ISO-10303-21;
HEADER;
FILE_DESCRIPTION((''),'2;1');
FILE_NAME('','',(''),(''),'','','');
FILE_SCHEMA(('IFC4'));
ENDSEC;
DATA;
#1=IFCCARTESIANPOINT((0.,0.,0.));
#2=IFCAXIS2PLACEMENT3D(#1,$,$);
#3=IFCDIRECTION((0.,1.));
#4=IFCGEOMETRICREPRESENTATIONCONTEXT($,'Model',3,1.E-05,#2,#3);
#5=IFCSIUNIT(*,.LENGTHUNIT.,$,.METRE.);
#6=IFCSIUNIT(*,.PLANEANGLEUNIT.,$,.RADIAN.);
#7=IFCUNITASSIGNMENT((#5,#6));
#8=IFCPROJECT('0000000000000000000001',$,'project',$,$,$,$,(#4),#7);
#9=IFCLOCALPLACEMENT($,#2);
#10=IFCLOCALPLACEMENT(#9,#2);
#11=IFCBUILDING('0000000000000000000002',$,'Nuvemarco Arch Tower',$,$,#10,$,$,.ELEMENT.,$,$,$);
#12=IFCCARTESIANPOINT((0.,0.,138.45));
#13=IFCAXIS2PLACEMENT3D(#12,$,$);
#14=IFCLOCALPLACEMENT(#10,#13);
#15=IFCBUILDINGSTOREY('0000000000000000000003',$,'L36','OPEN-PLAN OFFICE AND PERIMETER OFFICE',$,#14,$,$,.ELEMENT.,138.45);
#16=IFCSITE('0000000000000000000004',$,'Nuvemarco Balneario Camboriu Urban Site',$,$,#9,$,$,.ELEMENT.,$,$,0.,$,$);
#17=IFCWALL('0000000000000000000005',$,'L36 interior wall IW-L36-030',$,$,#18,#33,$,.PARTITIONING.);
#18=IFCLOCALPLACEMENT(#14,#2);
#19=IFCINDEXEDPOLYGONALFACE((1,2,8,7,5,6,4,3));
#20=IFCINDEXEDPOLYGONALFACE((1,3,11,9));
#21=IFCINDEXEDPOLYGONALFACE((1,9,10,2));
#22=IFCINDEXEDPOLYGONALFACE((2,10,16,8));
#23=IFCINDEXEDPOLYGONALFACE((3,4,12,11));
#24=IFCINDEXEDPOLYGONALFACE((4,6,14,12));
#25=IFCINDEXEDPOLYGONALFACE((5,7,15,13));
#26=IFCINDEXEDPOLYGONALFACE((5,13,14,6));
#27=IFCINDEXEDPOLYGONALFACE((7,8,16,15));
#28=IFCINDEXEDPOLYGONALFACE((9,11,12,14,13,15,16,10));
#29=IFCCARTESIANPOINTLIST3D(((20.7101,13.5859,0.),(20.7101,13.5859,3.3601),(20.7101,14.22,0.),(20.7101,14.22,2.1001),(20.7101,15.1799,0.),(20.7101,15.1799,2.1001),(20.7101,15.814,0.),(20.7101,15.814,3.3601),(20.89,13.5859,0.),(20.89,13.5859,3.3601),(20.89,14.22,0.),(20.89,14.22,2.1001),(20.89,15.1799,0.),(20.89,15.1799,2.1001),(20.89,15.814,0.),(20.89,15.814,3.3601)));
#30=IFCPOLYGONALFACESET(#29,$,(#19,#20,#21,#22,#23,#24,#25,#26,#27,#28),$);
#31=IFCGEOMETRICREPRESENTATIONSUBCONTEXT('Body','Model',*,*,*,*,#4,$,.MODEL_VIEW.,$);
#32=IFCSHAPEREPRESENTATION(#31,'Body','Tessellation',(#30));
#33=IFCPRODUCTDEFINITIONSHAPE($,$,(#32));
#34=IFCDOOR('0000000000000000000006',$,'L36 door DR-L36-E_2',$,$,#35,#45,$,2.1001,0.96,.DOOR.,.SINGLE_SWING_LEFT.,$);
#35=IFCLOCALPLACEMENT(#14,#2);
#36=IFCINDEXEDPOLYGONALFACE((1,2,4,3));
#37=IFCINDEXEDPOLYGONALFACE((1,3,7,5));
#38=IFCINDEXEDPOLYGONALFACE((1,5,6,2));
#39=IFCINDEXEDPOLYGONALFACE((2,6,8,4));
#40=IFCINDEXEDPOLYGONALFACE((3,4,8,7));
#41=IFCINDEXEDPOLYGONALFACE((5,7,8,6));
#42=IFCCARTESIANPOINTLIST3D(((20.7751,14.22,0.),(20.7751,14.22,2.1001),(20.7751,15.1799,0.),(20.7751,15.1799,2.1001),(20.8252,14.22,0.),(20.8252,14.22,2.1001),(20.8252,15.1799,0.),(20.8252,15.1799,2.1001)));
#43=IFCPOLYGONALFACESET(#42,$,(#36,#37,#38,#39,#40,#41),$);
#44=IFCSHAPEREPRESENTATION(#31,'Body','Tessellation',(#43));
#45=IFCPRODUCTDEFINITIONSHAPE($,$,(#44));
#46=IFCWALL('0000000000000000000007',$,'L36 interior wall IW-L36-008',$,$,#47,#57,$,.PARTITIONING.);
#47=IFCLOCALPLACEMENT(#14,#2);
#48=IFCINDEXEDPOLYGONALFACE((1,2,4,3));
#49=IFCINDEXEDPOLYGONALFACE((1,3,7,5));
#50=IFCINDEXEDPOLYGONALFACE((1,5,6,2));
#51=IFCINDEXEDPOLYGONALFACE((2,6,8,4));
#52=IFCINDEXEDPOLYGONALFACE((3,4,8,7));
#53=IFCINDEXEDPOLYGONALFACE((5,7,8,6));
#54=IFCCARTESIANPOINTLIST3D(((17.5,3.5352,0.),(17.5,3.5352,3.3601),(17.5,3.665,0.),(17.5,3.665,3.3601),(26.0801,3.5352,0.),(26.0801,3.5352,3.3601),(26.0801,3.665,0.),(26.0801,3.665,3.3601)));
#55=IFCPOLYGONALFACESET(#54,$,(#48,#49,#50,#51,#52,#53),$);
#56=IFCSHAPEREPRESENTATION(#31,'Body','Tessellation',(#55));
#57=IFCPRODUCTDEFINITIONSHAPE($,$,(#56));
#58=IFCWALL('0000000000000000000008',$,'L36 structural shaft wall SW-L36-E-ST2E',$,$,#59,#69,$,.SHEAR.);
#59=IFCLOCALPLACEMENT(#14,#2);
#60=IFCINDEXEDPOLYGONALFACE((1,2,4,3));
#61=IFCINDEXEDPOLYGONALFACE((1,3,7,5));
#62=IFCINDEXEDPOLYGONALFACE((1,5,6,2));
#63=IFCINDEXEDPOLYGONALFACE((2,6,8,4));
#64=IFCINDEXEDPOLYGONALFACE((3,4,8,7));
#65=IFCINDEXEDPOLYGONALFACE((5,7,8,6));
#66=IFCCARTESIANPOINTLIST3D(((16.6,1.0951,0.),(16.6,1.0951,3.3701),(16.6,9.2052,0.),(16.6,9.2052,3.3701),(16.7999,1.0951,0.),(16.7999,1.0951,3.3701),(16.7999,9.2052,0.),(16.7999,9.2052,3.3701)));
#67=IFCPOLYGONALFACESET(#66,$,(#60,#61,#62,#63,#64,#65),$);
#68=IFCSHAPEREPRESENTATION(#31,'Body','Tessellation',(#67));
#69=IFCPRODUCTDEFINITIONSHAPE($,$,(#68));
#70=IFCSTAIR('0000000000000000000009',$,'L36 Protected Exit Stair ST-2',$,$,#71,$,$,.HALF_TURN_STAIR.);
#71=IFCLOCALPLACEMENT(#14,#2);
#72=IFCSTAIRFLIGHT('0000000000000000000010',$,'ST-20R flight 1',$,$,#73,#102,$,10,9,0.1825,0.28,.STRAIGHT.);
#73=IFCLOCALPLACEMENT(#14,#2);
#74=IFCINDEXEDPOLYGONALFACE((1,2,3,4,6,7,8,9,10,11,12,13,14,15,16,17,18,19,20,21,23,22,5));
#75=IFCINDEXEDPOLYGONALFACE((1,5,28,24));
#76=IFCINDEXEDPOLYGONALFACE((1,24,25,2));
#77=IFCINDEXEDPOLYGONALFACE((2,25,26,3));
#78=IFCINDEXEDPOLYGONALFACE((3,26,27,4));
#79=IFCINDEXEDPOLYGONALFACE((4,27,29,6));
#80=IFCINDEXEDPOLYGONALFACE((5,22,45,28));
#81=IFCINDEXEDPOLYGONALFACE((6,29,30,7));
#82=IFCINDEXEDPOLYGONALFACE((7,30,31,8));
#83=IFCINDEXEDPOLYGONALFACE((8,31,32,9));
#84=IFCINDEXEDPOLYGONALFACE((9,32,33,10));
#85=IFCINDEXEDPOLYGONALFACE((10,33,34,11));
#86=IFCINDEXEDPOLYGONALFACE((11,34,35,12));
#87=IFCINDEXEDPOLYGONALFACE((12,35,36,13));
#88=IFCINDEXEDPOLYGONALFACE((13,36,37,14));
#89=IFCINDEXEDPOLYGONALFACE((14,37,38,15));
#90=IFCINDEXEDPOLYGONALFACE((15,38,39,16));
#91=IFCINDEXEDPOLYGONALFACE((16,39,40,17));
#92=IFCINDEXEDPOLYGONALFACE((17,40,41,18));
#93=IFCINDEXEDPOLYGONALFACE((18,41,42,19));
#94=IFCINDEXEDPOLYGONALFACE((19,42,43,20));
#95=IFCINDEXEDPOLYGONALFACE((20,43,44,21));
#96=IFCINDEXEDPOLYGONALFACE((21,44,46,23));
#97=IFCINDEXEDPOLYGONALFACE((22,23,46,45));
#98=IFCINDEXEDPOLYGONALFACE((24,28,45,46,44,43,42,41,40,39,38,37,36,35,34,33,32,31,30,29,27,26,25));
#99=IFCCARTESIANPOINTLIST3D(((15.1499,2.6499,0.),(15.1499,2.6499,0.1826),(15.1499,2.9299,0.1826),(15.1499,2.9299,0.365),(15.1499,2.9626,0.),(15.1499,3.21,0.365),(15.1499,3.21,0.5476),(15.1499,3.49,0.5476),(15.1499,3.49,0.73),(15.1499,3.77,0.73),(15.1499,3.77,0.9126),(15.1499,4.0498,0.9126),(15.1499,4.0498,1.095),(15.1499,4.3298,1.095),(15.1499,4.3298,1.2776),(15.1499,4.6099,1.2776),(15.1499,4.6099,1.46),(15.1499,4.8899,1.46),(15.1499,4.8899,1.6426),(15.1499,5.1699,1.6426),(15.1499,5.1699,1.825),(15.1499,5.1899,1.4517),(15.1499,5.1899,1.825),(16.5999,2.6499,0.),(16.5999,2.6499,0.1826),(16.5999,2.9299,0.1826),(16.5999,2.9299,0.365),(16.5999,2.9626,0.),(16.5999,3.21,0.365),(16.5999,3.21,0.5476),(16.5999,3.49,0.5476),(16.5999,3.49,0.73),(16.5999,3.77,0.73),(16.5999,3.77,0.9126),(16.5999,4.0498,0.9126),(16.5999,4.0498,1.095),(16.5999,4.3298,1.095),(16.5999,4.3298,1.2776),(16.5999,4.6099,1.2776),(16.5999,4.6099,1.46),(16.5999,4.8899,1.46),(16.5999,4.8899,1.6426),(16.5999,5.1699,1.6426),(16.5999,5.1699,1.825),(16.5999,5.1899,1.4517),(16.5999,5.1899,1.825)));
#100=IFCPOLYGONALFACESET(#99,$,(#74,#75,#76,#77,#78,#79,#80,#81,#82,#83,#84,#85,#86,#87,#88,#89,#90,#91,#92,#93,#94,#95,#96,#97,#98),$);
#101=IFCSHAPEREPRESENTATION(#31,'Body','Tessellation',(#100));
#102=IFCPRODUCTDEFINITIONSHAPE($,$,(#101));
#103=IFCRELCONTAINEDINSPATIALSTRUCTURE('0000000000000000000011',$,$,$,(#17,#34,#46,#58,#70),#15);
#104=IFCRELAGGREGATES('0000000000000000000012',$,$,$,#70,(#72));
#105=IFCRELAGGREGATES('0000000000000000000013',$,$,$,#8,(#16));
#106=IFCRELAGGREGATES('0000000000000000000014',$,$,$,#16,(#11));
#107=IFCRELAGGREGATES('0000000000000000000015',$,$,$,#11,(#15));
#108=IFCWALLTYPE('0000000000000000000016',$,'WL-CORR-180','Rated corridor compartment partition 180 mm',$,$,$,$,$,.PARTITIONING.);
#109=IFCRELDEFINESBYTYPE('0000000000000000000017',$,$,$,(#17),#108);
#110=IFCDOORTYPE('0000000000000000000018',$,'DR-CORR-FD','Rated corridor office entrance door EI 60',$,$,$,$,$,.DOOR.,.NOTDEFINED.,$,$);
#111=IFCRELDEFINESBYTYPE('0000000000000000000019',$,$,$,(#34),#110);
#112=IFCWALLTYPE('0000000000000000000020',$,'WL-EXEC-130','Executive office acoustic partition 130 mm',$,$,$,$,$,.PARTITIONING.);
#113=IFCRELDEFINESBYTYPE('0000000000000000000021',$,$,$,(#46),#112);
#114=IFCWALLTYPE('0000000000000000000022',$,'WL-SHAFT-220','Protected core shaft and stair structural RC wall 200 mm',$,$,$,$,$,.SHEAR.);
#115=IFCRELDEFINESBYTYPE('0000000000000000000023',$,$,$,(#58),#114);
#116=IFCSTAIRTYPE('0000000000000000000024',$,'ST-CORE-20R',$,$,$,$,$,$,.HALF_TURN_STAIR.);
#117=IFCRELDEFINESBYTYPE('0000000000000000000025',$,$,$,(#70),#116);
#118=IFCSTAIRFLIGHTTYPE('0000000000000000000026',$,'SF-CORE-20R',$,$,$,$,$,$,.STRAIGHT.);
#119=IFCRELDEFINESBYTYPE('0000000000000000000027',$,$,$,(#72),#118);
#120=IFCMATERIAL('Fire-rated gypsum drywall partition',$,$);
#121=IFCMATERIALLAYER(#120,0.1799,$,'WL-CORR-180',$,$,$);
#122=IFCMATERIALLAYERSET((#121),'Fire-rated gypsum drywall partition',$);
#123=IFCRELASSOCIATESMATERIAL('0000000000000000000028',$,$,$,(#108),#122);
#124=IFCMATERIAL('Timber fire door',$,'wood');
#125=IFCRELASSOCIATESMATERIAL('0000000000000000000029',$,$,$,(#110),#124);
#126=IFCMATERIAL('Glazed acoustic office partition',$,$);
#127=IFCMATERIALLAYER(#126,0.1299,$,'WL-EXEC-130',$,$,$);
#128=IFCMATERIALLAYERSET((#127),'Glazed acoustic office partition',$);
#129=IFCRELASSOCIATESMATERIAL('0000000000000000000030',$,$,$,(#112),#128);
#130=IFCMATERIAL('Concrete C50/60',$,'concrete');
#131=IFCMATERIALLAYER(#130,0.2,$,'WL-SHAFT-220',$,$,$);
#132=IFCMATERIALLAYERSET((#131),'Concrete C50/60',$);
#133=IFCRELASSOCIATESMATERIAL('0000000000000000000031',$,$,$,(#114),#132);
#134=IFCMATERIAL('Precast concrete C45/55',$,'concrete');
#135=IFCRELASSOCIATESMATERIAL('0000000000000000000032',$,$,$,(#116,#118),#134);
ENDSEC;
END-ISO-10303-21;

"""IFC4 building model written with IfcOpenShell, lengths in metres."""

from ifc_helpers import new_model, si_unit, direction, frame, frame_2d, origin, place, context, subcontext, project, spatial, polyline, rectangle, outline, extrude, source, transform, mapped, material, layer, layer_set, type_object, type_shapes, element, fill, aggregate, save


model = new_model("IFC4")

# Units and contexts
model_context = context("Model", 3, precision=1e-05, world=origin(), true_north=direction((0.0, 1.0)))
body_context = subcontext(model_context, "Body", "Model", "MODEL_VIEW")
ifc_project = project(units=[si_unit("LENGTHUNIT", "METRE"), si_unit("PLANEANGLEUNIT", "RADIAN")], contexts=[model_context])

# Site, building, storey
site_placement = place(None, origin())
site = spatial("IfcSite", under=ifc_project, at=site_placement, Name="Nuvemarco Balneario Camboriu Urban Site", CompositionType="ELEMENT", RefElevation=0.0)
building_placement = place(site_placement, origin())
building = spatial("IfcBuilding", under=site, at=building_placement, Name="Nuvemarco Arch Tower", CompositionType="ELEMENT")
storey_placement = place(building_placement, frame((0.0, 0.0, 138.45)))
storey = spatial("IfcBuildingStorey", under=building, at=storey_placement, Name="L36", Description="OPEN-PLAN OFFICE AND PERIMETER OFFICE", CompositionType="ELEMENT", Elevation=138.45)

# Shared definitions
ifc_material_1 = material(Name="Concrete C50/60", Category="concrete")

# Shared definitions
ifc_material_2 = material(Name="Precast concrete C45/55", Category="concrete")

# Shared definitions
ifc_material_3 = material(Name="Fire-rated gypsum drywall partition")
ifc_layer_1 = layer(ifc_material_3, 0.1799, Name="WL-CORR-180")
ifc_layer_set_1 = layer_set([ifc_layer_1], Name="Fire-rated gypsum drywall partition")
wall_type_1 = type_object("IfcWallType", Name="WL-CORR-180", Description="Rated corridor compartment partition 180 mm", PredefinedType="PARTITIONING", material=ifc_layer_set_1)

# Wall, opening, door
wall_1_placement = place(storey_placement, frame((20.8, 13.5859, 0.0), z_axis=(0.0, 0.0, 1.0), x_axis=(0.0, 1.0, 0.0)))
wall_1 = element("IfcWall", 1, at=wall_1_placement, inside=storey, type_object=wall_type_1, Name="L36 interior wall IW-L36-030", PredefinedType="PARTITIONING", context=body_context, shape_type="SweptSolid", body=[
    extrude(rectangle(XDim=2.228, YDim=0.1799, at=frame_2d((1.114, 0.0))), origin(), (0.0, 0.0, 1.0), 3.3601),
])
opening_placement = place(wall_1_placement, frame((0.634, 0.0, 0.0)))
opening = element("IfcOpeningElement", 2, at=opening_placement, cuts=wall_1, PredefinedType="OPENING", context=body_context, shape_type="SweptSolid", body=[
    extrude(rectangle(XDim=0.96, YDim=2.1001, at=frame_2d((0.48, 1.05))), frame((0.0, 0.0999, 0.0), z_axis=(0.0, -1.0, 0.0), x_axis=(1.0, 0.0, 0.0)), (0.0, 0.0, 1.0), 0.2),
])
ifc_material_4 = material(Name="Timber fire door", Category="wood")
door_type = type_object("IfcDoorType", Name="DR-CORR-FD", Description="Rated corridor office entrance door EI 60", OperationType="NOTDEFINED", PredefinedType="DOOR", material=ifc_material_4)
shared_shape_1 = source(origin(), body_context, "Body", "SweptSolid", [
    extrude(rectangle(XDim=0.96, YDim=2.1001, at=frame_2d((0.48, 1.05))), frame((0.0, 0.0249, 0.0), z_axis=(0.0, -1.0, 0.0), x_axis=(1.0, 0.0, 0.0)), (0.0, 0.0, 1.0), 0.05),
])
type_shapes(door_type, [shared_shape_1])
door_placement = place(opening_placement, origin())
door = element("IfcDoor", 3, at=door_placement, inside=storey, type_object=door_type, Name="L36 door DR-L36-E_2", OperationType="SINGLE_SWING_LEFT", OverallHeight=2.1001, OverallWidth=0.96, PredefinedType="DOOR", context=body_context, shape_type="MappedRepresentation", body=[
    mapped(shared_shape_1, transform((0.0, 0.0, 0.0), scale=1.0)),
])
fill(opening, door)

# Walls
ifc_material_5 = material(Name="Glazed acoustic office partition")
ifc_layer_2 = layer(ifc_material_5, 0.1299, Name="WL-EXEC-130")
ifc_layer_set_2 = layer_set([ifc_layer_2], Name="Glazed acoustic office partition")
wall_type_2 = type_object("IfcWallType", Name="WL-EXEC-130", Description="Executive office acoustic partition 130 mm", PredefinedType="PARTITIONING", material=ifc_layer_set_2)
wall_2_placement = place(storey_placement, frame((17.5, 3.6001, 0.0), z_axis=(0.0, 0.0, 1.0), x_axis=(1.0, 0.0, 0.0)))
element("IfcWall", 4, at=wall_2_placement, inside=storey, type_object=wall_type_2, Name="L36 interior wall IW-L36-008", PredefinedType="PARTITIONING", context=body_context, shape_type="SweptSolid", body=[
    extrude(rectangle(XDim=8.5801, YDim=0.1299, at=frame_2d((4.29, 0.0))), origin(), (0.0, 0.0, 1.0), 3.3601),
])
ifc_layer_3 = layer(ifc_material_1, 0.2, Name="WL-SHAFT-220")
ifc_layer_set_3 = layer_set([ifc_layer_3], Name="Concrete C50/60")
wall_type_3 = type_object("IfcWallType", Name="WL-SHAFT-220", Description="Protected core shaft and stair structural RC wall 200 mm", PredefinedType="SHEAR", material=ifc_layer_set_3)
wall_3_placement = place(storey_placement, frame((16.7, 1.095, 0.0), z_axis=(0.0, 0.0, 1.0), x_axis=(0.0, 1.0, 0.0)))
element("IfcWall", 5, at=wall_3_placement, inside=storey, type_object=wall_type_3, Name="L36 structural shaft wall SW-L36-E-ST2E", PredefinedType="SHEAR", context=body_context, shape_type="SweptSolid", body=[
    extrude(rectangle(XDim=8.1101, YDim=0.2, at=frame_2d((4.0552, 0.0))), origin(), (0.0, 0.0, 1.0), 3.3701),
])

# Stair, stair flight
stair_type = type_object("IfcStairType", Name="ST-CORE-20R", PredefinedType="HALF_TURN_STAIR", material=ifc_material_2)
stair_placement = place(storey_placement, origin())
stair = element("IfcStair", 6, at=stair_placement, inside=storey, type_object=stair_type, Name="L36 Protected Exit Stair ST-2", PredefinedType="HALF_TURN_STAIR")
stair_flight_type = type_object("IfcStairFlightType", Name="SF-CORE-20R", PredefinedType="STRAIGHT", material=ifc_material_2)
stair_flight_placement = place(storey_placement, frame((15.875, 2.6499, 0.0), z_axis=(0.0, 0.0, 1.0), x_axis=(0.0, 1.0, 0.0)))
stair_flight = element("IfcStairFlight", 7, at=stair_flight_placement, type_object=stair_flight_type, Name="ST-20R flight 1", NumberOfRisers=10, NumberOfTreads=9, PredefinedType="STRAIGHT", RiserHeight=0.1825, TreadLength=0.28, context=body_context, shape_type="SweptSolid", body=[
    extrude(outline(polyline([(0.0, 0.0), (0.0, 0.1826), (0.28, 0.1826), (0.28, 0.365), (0.5601, 0.365), (0.5601, 0.5476), (0.8401, 0.5476), (0.8401, 0.73), (1.1201, 0.73), (1.1201, 0.9126), (1.3999, 0.9126), (1.3999, 1.095), (1.6799, 1.095), (1.6799, 1.2776), (1.96, 1.2776), (1.96, 1.46), (2.24, 1.46), (2.24, 1.6426), (2.52, 1.6426), (2.52, 1.825), (2.54, 1.825), (2.54, 1.4517), (0.3127, 0.0), (0.0, 0.0)])), frame((0.0, 0.7251, 0.0), z_axis=(0.0, -1.0, 0.0), x_axis=(1.0, 0.0, 0.0)), (0.0, 0.0, 1.0), 1.45),
])
aggregate(stair, [stair_flight])

save(model, "model.ifc")
